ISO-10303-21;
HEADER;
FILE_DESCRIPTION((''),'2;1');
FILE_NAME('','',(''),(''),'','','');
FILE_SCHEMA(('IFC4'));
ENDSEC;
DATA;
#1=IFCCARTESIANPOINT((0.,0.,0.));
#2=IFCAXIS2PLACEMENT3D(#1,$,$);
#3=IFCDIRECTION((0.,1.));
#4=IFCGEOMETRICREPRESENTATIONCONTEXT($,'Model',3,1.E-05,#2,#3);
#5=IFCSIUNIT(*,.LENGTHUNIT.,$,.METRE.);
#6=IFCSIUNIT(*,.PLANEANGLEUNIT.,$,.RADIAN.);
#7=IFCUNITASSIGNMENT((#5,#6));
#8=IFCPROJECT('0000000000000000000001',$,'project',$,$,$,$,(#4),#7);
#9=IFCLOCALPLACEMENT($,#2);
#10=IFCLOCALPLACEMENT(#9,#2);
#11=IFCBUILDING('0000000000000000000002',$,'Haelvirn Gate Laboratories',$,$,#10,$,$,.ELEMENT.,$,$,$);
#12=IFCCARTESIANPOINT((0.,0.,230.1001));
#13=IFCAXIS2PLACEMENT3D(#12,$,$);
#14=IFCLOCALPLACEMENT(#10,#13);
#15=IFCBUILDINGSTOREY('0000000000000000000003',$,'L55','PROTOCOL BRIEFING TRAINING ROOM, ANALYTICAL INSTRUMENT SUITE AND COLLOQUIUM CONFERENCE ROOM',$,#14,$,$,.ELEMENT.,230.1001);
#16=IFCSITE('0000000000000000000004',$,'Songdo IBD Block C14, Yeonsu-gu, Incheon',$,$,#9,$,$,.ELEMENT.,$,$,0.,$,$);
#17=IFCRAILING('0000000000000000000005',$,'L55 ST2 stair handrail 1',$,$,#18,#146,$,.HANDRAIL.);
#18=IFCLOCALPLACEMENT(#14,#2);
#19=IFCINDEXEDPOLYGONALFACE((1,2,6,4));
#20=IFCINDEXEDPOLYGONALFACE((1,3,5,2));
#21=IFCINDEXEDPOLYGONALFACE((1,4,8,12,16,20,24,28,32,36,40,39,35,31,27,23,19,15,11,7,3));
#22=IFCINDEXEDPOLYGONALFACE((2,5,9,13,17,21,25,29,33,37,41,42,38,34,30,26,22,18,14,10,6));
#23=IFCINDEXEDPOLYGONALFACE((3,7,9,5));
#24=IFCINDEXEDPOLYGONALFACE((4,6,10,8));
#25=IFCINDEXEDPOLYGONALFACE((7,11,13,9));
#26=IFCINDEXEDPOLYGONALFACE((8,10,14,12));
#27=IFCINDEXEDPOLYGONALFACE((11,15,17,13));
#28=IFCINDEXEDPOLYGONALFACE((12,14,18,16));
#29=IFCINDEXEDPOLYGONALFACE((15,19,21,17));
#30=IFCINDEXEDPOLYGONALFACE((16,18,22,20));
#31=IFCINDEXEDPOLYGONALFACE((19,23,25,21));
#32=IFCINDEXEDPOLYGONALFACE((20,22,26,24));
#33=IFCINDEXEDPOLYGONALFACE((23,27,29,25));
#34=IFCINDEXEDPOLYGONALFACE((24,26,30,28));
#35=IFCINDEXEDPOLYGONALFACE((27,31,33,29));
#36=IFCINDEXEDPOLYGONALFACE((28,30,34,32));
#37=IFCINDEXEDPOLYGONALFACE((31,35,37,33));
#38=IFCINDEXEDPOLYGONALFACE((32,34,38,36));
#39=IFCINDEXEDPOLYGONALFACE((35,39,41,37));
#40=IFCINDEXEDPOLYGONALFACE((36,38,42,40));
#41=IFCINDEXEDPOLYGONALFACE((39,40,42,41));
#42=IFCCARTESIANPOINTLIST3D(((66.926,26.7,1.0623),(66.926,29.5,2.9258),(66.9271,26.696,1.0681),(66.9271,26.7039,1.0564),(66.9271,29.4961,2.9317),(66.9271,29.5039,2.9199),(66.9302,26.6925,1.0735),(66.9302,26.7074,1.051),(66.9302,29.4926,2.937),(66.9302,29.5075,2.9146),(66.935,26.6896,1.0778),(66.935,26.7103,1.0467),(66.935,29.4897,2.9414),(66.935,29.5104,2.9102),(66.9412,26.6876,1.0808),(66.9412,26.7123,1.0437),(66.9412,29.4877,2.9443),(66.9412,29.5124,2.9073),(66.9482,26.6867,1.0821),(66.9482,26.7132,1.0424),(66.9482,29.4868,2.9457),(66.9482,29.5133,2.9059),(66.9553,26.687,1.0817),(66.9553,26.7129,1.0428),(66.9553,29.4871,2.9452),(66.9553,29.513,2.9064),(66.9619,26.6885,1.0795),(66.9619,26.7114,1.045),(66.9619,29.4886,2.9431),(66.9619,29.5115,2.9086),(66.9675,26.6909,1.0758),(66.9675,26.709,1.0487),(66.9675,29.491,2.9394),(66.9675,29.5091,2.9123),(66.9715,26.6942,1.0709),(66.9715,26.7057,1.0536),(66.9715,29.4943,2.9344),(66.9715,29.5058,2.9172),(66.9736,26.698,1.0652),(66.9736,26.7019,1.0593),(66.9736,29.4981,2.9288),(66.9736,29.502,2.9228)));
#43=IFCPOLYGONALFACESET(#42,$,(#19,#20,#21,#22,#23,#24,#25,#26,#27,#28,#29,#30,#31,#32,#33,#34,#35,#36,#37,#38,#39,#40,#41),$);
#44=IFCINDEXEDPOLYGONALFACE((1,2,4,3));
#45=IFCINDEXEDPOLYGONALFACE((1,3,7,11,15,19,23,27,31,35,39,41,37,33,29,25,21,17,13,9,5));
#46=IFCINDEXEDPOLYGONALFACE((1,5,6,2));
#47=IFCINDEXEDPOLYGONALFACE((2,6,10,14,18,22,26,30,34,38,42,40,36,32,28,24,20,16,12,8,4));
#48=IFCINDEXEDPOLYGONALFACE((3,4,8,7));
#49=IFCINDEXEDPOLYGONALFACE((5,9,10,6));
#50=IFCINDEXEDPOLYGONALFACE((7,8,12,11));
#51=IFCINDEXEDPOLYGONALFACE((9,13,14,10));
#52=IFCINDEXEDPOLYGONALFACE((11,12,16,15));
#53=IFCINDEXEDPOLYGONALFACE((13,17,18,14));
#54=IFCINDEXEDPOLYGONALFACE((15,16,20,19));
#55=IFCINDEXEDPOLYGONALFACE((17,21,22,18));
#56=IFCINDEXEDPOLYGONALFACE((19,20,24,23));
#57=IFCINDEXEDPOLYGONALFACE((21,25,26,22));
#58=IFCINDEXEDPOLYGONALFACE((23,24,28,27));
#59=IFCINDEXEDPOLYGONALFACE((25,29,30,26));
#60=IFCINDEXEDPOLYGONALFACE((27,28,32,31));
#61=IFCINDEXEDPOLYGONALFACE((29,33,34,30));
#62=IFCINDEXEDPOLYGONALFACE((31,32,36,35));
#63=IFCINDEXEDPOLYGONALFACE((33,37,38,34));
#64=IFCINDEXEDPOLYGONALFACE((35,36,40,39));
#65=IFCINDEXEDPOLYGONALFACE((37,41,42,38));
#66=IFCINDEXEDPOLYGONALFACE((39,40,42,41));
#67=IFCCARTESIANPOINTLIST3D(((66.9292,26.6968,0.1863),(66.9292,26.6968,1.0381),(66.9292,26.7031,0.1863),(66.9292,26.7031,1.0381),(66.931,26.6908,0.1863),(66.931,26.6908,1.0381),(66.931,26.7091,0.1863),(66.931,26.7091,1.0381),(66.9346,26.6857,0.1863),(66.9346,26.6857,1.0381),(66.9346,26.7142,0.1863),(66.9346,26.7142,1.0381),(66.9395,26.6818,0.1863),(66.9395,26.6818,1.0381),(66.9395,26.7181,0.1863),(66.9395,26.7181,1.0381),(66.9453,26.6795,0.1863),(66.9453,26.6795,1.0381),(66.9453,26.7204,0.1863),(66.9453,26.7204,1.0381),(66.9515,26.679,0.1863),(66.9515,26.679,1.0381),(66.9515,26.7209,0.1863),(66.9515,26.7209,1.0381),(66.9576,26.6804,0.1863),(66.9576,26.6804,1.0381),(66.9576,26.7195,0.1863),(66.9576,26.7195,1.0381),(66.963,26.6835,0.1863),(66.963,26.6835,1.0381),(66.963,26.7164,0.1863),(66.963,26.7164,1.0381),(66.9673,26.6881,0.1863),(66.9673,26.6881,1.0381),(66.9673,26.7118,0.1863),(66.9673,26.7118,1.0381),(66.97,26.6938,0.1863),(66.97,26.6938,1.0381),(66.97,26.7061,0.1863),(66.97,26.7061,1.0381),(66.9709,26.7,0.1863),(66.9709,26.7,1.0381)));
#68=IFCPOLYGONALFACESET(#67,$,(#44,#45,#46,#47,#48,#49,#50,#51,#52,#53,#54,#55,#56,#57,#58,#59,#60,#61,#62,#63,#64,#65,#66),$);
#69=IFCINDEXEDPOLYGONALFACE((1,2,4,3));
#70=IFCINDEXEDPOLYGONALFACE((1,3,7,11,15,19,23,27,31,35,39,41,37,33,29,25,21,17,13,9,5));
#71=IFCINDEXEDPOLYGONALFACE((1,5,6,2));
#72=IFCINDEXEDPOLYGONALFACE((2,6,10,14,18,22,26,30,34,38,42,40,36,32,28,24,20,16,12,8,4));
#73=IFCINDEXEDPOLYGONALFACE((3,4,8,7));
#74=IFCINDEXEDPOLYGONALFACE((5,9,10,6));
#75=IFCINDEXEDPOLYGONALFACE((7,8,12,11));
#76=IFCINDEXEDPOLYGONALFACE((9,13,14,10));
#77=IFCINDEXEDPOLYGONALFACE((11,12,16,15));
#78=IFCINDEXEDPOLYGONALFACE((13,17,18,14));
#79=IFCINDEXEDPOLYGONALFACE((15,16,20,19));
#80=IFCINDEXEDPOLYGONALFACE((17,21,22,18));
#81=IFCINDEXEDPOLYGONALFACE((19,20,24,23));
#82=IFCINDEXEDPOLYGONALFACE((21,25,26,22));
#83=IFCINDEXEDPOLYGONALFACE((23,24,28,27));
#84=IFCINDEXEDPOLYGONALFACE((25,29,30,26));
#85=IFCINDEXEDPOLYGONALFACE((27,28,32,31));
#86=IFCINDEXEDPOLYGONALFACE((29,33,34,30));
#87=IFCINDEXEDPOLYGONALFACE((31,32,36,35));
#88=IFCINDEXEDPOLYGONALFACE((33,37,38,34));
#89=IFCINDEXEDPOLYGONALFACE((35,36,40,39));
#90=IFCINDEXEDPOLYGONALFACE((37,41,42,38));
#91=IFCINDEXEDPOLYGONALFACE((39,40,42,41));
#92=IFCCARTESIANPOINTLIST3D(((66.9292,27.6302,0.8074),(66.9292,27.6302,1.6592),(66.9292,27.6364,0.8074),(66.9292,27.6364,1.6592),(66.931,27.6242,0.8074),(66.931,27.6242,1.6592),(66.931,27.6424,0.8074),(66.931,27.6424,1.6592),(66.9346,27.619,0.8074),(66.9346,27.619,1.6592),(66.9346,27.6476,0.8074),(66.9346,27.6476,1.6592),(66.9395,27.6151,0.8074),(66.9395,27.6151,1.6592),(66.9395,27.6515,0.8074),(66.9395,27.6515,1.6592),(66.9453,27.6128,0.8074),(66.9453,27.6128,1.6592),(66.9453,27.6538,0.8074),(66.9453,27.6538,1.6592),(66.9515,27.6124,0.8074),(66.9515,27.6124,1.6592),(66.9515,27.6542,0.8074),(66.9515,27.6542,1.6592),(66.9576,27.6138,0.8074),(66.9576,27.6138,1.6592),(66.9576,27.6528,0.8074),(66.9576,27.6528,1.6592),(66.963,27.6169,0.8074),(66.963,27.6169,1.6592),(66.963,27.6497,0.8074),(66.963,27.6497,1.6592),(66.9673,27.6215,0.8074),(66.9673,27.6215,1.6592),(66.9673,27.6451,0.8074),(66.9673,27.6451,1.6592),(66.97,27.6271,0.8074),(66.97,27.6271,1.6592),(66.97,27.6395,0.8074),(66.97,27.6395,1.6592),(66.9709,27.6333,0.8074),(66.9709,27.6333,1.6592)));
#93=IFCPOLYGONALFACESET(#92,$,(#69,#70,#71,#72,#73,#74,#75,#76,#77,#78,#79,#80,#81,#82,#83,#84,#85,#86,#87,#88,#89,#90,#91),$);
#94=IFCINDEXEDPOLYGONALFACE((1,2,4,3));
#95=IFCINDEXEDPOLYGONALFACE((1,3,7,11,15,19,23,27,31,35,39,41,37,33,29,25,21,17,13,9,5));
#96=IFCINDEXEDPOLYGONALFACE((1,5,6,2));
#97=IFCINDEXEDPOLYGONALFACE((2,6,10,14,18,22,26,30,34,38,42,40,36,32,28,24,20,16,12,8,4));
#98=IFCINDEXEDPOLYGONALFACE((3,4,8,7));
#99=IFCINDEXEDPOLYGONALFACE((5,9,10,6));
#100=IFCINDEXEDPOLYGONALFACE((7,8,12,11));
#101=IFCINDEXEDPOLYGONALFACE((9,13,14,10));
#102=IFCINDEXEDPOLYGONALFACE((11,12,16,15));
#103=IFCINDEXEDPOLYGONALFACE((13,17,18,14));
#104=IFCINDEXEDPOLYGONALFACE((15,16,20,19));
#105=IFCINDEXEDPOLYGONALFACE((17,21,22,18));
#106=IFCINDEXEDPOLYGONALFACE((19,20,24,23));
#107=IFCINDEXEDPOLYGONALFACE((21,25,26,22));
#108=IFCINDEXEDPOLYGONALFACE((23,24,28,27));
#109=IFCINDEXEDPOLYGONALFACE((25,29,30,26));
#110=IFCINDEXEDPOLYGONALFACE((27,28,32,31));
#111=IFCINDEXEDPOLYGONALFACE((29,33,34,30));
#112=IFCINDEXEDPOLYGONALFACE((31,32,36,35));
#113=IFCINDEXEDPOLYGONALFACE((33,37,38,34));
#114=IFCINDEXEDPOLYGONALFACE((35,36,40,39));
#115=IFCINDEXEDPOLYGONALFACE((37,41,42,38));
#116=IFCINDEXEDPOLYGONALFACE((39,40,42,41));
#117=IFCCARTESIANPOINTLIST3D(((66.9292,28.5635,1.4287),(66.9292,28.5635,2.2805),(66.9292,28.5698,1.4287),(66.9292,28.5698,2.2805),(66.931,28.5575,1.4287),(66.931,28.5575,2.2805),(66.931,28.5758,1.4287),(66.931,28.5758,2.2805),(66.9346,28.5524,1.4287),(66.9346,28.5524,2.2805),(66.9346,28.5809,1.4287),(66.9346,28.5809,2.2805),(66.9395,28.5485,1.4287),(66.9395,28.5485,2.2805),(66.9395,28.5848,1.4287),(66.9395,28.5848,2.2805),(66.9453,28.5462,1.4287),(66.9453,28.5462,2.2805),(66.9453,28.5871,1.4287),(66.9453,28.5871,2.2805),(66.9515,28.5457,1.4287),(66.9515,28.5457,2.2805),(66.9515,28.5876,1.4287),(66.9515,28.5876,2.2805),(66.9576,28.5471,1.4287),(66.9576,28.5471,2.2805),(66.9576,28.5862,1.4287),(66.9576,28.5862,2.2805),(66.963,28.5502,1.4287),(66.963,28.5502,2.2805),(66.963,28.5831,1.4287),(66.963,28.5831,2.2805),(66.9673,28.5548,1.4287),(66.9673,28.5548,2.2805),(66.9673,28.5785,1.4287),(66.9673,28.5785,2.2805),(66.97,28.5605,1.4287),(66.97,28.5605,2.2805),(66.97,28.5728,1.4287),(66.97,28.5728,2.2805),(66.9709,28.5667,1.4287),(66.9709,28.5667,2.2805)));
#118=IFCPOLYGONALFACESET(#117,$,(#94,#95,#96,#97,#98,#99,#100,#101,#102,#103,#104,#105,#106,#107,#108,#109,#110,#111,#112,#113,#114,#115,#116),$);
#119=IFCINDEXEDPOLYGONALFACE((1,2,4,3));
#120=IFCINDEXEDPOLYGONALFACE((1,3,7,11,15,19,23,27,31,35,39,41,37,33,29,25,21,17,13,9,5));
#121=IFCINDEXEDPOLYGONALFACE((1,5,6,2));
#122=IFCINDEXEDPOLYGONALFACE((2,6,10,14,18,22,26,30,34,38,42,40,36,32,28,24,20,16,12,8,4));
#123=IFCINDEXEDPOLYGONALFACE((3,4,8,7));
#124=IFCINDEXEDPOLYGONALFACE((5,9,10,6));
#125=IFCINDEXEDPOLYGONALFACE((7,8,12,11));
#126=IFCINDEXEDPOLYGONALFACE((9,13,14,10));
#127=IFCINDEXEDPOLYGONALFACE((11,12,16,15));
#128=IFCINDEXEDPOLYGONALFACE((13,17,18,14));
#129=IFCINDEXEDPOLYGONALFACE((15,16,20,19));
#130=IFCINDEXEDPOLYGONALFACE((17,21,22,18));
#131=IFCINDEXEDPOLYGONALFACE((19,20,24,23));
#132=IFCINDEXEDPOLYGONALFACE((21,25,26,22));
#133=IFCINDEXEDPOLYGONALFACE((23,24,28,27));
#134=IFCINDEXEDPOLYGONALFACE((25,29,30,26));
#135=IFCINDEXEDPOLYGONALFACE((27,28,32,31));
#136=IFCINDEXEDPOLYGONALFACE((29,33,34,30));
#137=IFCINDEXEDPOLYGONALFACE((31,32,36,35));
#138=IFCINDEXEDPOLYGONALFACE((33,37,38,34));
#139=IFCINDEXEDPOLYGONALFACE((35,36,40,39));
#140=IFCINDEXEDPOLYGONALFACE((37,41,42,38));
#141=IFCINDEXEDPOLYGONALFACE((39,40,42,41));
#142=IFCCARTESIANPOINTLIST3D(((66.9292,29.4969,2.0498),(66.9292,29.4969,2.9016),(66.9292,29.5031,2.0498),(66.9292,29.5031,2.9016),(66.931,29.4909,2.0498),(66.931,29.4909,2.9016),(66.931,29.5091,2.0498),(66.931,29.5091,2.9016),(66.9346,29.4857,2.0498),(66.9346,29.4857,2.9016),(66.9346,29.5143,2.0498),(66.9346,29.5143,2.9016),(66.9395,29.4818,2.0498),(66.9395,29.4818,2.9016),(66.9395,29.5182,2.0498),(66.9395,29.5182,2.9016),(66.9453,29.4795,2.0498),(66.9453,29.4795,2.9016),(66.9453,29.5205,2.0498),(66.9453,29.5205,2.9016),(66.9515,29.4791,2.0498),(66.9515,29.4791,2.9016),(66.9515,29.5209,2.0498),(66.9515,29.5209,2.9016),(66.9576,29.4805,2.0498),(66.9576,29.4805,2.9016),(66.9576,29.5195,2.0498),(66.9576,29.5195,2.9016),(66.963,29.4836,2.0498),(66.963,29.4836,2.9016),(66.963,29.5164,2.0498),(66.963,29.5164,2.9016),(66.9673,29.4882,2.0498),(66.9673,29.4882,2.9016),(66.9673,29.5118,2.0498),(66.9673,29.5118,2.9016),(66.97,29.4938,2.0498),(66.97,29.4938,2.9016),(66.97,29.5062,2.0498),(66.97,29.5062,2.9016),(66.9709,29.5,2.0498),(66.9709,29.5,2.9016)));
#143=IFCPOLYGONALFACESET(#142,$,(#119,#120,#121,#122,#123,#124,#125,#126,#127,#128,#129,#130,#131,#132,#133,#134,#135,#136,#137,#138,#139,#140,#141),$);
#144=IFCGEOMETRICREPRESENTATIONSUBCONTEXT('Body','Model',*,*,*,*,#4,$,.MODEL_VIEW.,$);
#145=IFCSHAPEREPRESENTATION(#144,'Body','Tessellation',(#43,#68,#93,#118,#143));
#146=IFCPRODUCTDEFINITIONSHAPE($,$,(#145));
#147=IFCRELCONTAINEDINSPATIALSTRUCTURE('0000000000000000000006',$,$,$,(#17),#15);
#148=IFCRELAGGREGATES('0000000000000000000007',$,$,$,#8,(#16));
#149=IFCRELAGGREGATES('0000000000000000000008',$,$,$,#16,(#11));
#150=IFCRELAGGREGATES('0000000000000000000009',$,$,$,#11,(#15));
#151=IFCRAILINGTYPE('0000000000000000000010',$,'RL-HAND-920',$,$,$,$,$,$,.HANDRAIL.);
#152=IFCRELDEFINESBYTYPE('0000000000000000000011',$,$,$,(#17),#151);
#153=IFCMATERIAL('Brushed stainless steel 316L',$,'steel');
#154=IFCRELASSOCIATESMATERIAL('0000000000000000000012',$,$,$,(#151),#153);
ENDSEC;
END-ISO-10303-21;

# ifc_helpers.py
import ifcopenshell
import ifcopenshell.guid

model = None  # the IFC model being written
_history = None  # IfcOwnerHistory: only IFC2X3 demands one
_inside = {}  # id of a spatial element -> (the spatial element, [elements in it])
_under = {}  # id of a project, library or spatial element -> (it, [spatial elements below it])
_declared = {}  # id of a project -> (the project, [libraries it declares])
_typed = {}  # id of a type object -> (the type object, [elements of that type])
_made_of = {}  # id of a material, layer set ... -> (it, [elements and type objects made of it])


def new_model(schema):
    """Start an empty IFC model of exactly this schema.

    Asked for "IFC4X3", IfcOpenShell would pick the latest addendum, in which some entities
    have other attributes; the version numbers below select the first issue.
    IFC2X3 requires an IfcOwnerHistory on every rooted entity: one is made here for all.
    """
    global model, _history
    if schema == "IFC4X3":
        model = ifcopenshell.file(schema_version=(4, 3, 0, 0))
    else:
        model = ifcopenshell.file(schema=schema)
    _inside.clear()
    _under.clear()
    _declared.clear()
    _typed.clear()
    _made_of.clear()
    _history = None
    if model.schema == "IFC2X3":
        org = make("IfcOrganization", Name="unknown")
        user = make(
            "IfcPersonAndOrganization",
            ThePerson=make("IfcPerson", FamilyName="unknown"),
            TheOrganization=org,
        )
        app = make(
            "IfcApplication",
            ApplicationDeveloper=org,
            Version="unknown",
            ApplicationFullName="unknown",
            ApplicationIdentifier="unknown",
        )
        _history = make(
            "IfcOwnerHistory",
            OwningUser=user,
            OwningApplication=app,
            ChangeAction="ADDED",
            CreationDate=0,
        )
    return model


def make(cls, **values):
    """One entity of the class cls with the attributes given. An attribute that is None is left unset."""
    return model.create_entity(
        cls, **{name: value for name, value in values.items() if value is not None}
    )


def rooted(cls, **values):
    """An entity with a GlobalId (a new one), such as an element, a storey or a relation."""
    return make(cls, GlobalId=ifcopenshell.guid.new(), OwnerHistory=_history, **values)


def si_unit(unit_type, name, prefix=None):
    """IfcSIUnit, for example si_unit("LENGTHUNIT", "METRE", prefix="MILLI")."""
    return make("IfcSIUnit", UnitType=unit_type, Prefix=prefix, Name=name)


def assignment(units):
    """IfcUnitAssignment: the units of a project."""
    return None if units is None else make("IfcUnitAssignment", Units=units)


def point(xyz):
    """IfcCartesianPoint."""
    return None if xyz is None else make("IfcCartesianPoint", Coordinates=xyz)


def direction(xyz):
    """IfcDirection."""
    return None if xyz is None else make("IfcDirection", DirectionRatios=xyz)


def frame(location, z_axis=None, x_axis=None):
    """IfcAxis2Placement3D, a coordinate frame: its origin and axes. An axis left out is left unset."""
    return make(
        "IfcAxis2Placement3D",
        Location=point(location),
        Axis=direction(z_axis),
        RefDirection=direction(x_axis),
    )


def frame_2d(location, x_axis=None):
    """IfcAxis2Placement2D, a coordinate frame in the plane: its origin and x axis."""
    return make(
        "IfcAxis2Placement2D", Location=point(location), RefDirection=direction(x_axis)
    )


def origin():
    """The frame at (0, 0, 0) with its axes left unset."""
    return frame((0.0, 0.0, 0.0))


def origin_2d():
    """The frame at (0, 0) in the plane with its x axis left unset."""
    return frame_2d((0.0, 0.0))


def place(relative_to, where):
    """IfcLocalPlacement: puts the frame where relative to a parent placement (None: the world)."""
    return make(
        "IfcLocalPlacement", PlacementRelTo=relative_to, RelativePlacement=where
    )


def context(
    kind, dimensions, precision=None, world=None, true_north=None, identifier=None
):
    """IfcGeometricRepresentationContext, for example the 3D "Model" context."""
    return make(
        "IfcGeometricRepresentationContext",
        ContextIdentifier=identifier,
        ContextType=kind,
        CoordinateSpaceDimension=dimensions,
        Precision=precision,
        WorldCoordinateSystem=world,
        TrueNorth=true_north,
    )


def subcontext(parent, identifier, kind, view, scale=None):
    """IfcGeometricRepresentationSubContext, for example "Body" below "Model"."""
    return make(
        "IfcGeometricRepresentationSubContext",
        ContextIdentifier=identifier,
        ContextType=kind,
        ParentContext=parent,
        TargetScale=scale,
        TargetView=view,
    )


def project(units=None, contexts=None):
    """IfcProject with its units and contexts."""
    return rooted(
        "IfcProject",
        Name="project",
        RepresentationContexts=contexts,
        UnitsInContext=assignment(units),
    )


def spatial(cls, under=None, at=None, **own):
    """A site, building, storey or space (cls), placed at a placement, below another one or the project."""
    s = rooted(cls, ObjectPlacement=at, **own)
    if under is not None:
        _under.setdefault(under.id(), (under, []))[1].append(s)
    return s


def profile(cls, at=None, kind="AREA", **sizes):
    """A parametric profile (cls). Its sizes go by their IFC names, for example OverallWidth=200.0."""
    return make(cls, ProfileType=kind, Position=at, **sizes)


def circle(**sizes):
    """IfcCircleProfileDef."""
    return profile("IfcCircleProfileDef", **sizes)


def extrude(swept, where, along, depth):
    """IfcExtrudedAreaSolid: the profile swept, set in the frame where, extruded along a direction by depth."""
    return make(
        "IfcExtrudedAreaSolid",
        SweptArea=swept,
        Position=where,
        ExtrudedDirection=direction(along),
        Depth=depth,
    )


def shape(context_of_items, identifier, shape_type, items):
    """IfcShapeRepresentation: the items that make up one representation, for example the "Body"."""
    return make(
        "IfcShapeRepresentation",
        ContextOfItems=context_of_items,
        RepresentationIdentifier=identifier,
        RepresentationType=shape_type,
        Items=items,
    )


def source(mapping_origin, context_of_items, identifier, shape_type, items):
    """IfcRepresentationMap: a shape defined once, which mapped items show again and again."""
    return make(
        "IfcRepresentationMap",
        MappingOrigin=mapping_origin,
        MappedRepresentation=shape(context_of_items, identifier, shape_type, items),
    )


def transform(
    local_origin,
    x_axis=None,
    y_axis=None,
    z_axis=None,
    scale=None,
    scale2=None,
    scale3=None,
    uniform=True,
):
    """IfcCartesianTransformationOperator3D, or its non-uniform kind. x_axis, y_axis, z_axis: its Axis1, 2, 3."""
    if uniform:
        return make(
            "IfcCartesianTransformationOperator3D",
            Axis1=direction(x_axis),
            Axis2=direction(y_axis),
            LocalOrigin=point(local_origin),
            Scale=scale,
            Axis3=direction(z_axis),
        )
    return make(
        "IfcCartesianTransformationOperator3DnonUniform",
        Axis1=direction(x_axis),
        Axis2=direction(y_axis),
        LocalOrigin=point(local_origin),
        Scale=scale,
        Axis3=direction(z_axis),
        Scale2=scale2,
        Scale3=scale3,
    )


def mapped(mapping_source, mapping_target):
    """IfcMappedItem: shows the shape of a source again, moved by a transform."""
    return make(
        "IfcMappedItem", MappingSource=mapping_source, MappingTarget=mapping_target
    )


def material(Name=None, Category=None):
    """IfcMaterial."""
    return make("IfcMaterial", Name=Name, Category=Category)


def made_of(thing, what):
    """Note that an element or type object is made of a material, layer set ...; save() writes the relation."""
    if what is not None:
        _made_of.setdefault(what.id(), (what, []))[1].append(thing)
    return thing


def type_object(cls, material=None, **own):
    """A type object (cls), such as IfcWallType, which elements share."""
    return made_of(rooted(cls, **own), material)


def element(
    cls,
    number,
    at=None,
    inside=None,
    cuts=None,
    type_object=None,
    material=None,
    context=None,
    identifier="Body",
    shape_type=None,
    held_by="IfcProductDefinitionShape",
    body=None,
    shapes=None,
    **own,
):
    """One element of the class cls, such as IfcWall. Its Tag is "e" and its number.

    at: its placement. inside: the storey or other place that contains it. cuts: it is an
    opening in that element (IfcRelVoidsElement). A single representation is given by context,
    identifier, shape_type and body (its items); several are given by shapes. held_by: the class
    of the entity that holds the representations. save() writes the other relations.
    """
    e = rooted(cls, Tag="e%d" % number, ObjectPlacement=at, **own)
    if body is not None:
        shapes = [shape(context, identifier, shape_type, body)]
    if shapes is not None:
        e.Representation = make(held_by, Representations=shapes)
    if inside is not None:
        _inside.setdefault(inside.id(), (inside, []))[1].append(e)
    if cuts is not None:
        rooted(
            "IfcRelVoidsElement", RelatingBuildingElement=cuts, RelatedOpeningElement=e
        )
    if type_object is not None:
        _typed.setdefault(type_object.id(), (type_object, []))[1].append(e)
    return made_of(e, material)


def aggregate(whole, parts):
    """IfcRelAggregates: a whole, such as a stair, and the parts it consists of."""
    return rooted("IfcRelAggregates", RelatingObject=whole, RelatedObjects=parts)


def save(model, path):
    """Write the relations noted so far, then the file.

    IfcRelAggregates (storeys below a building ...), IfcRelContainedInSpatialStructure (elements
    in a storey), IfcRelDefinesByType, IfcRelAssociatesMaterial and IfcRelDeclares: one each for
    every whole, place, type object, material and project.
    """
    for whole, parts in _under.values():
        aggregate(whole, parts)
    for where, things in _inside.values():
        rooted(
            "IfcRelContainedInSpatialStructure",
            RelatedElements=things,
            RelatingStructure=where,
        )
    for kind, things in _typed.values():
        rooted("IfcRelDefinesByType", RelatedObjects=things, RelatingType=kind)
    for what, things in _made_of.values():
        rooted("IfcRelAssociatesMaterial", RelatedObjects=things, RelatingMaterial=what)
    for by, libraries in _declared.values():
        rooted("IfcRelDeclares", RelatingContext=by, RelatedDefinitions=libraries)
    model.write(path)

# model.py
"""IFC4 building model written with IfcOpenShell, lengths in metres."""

from ifc_helpers import new_model, si_unit, direction, frame, origin, origin_2d, place, context, subcontext, project, spatial, circle, extrude, source, transform, mapped, material, type_object, element, save


model = new_model("IFC4")

# Units and contexts
model_context = context("Model", 3, precision=1e-05, world=origin(), true_north=direction((0.0, 1.0)))
body_context = subcontext(model_context, "Body", "Model", "MODEL_VIEW")
ifc_project = project(units=[si_unit("LENGTHUNIT", "METRE"), si_unit("PLANEANGLEUNIT", "RADIAN")], contexts=[model_context])

# Site, building, storey
site_placement = place(None, origin())
site = spatial("IfcSite", under=ifc_project, at=site_placement, Name="Songdo IBD Block C14, Yeonsu-gu, Incheon", CompositionType="ELEMENT", RefElevation=0.0)
building_placement = place(site_placement, origin())
building = spatial("IfcBuilding", under=site, at=building_placement, Name="Haelvirn Gate Laboratories", CompositionType="ELEMENT")
storey_placement = place(building_placement, frame((0.0, 0.0, 230.1001)))
storey = spatial("IfcBuildingStorey", under=building, at=storey_placement, Name="L55", Description="PROTOCOL BRIEFING TRAINING ROOM, ANALYTICAL INSTRUMENT SUITE AND COLLOQUIUM CONFERENCE ROOM", CompositionType="ELEMENT", Elevation=230.1001)

# Railing
ifc_material_1 = material(Name="Brushed stainless steel 316L", Category="steel")
railing_type_1 = type_object("IfcRailingType", Name="RL-HAND-920", PredefinedType="HANDRAIL", material=ifc_material_1)
shared_shape_1 = source(origin(), body_context, "Body", "SweptSolid", [
    extrude(circle(Radius=0.0239, at=origin_2d()), frame((0.0, 0.0, 0.876), z_axis=(0.0, 0.832486, 0.554047), x_axis=(-1.0, 0.0, 0.0)), (0.0, 0.0, 1.0), 3.3635),
    extrude(circle(Radius=0.021, at=origin_2d()), origin(), (0.0, 0.0, 1.0), 0.8518),
    extrude(circle(Radius=0.021, at=origin_2d()), frame((0.0, 0.9333, 0.6211)), (0.0, 0.0, 1.0), 0.8518),
    extrude(circle(Radius=0.021, at=origin_2d()), frame((0.0, 1.8667, 1.2424)), (0.0, 0.0, 1.0), 0.8518),
    extrude(circle(Radius=0.021, at=origin_2d()), frame((0.0, 2.8, 1.8635)), (0.0, 0.0, 1.0), 0.8518),
])
railing_1_placement = place(storey_placement, frame((66.95, 26.7, 0.1863)))
element("IfcRailing", 1, at=railing_1_placement, inside=storey, type_object=railing_type_1, Name="L55 ST2 stair handrail 1", PredefinedType="HANDRAIL", context=body_context, shape_type="MappedRepresentation", body=[
    mapped(shared_shape_1, transform((0.0, 0.0, 0.0), scale=1.0)),
])

save(model, "model.ifc")
